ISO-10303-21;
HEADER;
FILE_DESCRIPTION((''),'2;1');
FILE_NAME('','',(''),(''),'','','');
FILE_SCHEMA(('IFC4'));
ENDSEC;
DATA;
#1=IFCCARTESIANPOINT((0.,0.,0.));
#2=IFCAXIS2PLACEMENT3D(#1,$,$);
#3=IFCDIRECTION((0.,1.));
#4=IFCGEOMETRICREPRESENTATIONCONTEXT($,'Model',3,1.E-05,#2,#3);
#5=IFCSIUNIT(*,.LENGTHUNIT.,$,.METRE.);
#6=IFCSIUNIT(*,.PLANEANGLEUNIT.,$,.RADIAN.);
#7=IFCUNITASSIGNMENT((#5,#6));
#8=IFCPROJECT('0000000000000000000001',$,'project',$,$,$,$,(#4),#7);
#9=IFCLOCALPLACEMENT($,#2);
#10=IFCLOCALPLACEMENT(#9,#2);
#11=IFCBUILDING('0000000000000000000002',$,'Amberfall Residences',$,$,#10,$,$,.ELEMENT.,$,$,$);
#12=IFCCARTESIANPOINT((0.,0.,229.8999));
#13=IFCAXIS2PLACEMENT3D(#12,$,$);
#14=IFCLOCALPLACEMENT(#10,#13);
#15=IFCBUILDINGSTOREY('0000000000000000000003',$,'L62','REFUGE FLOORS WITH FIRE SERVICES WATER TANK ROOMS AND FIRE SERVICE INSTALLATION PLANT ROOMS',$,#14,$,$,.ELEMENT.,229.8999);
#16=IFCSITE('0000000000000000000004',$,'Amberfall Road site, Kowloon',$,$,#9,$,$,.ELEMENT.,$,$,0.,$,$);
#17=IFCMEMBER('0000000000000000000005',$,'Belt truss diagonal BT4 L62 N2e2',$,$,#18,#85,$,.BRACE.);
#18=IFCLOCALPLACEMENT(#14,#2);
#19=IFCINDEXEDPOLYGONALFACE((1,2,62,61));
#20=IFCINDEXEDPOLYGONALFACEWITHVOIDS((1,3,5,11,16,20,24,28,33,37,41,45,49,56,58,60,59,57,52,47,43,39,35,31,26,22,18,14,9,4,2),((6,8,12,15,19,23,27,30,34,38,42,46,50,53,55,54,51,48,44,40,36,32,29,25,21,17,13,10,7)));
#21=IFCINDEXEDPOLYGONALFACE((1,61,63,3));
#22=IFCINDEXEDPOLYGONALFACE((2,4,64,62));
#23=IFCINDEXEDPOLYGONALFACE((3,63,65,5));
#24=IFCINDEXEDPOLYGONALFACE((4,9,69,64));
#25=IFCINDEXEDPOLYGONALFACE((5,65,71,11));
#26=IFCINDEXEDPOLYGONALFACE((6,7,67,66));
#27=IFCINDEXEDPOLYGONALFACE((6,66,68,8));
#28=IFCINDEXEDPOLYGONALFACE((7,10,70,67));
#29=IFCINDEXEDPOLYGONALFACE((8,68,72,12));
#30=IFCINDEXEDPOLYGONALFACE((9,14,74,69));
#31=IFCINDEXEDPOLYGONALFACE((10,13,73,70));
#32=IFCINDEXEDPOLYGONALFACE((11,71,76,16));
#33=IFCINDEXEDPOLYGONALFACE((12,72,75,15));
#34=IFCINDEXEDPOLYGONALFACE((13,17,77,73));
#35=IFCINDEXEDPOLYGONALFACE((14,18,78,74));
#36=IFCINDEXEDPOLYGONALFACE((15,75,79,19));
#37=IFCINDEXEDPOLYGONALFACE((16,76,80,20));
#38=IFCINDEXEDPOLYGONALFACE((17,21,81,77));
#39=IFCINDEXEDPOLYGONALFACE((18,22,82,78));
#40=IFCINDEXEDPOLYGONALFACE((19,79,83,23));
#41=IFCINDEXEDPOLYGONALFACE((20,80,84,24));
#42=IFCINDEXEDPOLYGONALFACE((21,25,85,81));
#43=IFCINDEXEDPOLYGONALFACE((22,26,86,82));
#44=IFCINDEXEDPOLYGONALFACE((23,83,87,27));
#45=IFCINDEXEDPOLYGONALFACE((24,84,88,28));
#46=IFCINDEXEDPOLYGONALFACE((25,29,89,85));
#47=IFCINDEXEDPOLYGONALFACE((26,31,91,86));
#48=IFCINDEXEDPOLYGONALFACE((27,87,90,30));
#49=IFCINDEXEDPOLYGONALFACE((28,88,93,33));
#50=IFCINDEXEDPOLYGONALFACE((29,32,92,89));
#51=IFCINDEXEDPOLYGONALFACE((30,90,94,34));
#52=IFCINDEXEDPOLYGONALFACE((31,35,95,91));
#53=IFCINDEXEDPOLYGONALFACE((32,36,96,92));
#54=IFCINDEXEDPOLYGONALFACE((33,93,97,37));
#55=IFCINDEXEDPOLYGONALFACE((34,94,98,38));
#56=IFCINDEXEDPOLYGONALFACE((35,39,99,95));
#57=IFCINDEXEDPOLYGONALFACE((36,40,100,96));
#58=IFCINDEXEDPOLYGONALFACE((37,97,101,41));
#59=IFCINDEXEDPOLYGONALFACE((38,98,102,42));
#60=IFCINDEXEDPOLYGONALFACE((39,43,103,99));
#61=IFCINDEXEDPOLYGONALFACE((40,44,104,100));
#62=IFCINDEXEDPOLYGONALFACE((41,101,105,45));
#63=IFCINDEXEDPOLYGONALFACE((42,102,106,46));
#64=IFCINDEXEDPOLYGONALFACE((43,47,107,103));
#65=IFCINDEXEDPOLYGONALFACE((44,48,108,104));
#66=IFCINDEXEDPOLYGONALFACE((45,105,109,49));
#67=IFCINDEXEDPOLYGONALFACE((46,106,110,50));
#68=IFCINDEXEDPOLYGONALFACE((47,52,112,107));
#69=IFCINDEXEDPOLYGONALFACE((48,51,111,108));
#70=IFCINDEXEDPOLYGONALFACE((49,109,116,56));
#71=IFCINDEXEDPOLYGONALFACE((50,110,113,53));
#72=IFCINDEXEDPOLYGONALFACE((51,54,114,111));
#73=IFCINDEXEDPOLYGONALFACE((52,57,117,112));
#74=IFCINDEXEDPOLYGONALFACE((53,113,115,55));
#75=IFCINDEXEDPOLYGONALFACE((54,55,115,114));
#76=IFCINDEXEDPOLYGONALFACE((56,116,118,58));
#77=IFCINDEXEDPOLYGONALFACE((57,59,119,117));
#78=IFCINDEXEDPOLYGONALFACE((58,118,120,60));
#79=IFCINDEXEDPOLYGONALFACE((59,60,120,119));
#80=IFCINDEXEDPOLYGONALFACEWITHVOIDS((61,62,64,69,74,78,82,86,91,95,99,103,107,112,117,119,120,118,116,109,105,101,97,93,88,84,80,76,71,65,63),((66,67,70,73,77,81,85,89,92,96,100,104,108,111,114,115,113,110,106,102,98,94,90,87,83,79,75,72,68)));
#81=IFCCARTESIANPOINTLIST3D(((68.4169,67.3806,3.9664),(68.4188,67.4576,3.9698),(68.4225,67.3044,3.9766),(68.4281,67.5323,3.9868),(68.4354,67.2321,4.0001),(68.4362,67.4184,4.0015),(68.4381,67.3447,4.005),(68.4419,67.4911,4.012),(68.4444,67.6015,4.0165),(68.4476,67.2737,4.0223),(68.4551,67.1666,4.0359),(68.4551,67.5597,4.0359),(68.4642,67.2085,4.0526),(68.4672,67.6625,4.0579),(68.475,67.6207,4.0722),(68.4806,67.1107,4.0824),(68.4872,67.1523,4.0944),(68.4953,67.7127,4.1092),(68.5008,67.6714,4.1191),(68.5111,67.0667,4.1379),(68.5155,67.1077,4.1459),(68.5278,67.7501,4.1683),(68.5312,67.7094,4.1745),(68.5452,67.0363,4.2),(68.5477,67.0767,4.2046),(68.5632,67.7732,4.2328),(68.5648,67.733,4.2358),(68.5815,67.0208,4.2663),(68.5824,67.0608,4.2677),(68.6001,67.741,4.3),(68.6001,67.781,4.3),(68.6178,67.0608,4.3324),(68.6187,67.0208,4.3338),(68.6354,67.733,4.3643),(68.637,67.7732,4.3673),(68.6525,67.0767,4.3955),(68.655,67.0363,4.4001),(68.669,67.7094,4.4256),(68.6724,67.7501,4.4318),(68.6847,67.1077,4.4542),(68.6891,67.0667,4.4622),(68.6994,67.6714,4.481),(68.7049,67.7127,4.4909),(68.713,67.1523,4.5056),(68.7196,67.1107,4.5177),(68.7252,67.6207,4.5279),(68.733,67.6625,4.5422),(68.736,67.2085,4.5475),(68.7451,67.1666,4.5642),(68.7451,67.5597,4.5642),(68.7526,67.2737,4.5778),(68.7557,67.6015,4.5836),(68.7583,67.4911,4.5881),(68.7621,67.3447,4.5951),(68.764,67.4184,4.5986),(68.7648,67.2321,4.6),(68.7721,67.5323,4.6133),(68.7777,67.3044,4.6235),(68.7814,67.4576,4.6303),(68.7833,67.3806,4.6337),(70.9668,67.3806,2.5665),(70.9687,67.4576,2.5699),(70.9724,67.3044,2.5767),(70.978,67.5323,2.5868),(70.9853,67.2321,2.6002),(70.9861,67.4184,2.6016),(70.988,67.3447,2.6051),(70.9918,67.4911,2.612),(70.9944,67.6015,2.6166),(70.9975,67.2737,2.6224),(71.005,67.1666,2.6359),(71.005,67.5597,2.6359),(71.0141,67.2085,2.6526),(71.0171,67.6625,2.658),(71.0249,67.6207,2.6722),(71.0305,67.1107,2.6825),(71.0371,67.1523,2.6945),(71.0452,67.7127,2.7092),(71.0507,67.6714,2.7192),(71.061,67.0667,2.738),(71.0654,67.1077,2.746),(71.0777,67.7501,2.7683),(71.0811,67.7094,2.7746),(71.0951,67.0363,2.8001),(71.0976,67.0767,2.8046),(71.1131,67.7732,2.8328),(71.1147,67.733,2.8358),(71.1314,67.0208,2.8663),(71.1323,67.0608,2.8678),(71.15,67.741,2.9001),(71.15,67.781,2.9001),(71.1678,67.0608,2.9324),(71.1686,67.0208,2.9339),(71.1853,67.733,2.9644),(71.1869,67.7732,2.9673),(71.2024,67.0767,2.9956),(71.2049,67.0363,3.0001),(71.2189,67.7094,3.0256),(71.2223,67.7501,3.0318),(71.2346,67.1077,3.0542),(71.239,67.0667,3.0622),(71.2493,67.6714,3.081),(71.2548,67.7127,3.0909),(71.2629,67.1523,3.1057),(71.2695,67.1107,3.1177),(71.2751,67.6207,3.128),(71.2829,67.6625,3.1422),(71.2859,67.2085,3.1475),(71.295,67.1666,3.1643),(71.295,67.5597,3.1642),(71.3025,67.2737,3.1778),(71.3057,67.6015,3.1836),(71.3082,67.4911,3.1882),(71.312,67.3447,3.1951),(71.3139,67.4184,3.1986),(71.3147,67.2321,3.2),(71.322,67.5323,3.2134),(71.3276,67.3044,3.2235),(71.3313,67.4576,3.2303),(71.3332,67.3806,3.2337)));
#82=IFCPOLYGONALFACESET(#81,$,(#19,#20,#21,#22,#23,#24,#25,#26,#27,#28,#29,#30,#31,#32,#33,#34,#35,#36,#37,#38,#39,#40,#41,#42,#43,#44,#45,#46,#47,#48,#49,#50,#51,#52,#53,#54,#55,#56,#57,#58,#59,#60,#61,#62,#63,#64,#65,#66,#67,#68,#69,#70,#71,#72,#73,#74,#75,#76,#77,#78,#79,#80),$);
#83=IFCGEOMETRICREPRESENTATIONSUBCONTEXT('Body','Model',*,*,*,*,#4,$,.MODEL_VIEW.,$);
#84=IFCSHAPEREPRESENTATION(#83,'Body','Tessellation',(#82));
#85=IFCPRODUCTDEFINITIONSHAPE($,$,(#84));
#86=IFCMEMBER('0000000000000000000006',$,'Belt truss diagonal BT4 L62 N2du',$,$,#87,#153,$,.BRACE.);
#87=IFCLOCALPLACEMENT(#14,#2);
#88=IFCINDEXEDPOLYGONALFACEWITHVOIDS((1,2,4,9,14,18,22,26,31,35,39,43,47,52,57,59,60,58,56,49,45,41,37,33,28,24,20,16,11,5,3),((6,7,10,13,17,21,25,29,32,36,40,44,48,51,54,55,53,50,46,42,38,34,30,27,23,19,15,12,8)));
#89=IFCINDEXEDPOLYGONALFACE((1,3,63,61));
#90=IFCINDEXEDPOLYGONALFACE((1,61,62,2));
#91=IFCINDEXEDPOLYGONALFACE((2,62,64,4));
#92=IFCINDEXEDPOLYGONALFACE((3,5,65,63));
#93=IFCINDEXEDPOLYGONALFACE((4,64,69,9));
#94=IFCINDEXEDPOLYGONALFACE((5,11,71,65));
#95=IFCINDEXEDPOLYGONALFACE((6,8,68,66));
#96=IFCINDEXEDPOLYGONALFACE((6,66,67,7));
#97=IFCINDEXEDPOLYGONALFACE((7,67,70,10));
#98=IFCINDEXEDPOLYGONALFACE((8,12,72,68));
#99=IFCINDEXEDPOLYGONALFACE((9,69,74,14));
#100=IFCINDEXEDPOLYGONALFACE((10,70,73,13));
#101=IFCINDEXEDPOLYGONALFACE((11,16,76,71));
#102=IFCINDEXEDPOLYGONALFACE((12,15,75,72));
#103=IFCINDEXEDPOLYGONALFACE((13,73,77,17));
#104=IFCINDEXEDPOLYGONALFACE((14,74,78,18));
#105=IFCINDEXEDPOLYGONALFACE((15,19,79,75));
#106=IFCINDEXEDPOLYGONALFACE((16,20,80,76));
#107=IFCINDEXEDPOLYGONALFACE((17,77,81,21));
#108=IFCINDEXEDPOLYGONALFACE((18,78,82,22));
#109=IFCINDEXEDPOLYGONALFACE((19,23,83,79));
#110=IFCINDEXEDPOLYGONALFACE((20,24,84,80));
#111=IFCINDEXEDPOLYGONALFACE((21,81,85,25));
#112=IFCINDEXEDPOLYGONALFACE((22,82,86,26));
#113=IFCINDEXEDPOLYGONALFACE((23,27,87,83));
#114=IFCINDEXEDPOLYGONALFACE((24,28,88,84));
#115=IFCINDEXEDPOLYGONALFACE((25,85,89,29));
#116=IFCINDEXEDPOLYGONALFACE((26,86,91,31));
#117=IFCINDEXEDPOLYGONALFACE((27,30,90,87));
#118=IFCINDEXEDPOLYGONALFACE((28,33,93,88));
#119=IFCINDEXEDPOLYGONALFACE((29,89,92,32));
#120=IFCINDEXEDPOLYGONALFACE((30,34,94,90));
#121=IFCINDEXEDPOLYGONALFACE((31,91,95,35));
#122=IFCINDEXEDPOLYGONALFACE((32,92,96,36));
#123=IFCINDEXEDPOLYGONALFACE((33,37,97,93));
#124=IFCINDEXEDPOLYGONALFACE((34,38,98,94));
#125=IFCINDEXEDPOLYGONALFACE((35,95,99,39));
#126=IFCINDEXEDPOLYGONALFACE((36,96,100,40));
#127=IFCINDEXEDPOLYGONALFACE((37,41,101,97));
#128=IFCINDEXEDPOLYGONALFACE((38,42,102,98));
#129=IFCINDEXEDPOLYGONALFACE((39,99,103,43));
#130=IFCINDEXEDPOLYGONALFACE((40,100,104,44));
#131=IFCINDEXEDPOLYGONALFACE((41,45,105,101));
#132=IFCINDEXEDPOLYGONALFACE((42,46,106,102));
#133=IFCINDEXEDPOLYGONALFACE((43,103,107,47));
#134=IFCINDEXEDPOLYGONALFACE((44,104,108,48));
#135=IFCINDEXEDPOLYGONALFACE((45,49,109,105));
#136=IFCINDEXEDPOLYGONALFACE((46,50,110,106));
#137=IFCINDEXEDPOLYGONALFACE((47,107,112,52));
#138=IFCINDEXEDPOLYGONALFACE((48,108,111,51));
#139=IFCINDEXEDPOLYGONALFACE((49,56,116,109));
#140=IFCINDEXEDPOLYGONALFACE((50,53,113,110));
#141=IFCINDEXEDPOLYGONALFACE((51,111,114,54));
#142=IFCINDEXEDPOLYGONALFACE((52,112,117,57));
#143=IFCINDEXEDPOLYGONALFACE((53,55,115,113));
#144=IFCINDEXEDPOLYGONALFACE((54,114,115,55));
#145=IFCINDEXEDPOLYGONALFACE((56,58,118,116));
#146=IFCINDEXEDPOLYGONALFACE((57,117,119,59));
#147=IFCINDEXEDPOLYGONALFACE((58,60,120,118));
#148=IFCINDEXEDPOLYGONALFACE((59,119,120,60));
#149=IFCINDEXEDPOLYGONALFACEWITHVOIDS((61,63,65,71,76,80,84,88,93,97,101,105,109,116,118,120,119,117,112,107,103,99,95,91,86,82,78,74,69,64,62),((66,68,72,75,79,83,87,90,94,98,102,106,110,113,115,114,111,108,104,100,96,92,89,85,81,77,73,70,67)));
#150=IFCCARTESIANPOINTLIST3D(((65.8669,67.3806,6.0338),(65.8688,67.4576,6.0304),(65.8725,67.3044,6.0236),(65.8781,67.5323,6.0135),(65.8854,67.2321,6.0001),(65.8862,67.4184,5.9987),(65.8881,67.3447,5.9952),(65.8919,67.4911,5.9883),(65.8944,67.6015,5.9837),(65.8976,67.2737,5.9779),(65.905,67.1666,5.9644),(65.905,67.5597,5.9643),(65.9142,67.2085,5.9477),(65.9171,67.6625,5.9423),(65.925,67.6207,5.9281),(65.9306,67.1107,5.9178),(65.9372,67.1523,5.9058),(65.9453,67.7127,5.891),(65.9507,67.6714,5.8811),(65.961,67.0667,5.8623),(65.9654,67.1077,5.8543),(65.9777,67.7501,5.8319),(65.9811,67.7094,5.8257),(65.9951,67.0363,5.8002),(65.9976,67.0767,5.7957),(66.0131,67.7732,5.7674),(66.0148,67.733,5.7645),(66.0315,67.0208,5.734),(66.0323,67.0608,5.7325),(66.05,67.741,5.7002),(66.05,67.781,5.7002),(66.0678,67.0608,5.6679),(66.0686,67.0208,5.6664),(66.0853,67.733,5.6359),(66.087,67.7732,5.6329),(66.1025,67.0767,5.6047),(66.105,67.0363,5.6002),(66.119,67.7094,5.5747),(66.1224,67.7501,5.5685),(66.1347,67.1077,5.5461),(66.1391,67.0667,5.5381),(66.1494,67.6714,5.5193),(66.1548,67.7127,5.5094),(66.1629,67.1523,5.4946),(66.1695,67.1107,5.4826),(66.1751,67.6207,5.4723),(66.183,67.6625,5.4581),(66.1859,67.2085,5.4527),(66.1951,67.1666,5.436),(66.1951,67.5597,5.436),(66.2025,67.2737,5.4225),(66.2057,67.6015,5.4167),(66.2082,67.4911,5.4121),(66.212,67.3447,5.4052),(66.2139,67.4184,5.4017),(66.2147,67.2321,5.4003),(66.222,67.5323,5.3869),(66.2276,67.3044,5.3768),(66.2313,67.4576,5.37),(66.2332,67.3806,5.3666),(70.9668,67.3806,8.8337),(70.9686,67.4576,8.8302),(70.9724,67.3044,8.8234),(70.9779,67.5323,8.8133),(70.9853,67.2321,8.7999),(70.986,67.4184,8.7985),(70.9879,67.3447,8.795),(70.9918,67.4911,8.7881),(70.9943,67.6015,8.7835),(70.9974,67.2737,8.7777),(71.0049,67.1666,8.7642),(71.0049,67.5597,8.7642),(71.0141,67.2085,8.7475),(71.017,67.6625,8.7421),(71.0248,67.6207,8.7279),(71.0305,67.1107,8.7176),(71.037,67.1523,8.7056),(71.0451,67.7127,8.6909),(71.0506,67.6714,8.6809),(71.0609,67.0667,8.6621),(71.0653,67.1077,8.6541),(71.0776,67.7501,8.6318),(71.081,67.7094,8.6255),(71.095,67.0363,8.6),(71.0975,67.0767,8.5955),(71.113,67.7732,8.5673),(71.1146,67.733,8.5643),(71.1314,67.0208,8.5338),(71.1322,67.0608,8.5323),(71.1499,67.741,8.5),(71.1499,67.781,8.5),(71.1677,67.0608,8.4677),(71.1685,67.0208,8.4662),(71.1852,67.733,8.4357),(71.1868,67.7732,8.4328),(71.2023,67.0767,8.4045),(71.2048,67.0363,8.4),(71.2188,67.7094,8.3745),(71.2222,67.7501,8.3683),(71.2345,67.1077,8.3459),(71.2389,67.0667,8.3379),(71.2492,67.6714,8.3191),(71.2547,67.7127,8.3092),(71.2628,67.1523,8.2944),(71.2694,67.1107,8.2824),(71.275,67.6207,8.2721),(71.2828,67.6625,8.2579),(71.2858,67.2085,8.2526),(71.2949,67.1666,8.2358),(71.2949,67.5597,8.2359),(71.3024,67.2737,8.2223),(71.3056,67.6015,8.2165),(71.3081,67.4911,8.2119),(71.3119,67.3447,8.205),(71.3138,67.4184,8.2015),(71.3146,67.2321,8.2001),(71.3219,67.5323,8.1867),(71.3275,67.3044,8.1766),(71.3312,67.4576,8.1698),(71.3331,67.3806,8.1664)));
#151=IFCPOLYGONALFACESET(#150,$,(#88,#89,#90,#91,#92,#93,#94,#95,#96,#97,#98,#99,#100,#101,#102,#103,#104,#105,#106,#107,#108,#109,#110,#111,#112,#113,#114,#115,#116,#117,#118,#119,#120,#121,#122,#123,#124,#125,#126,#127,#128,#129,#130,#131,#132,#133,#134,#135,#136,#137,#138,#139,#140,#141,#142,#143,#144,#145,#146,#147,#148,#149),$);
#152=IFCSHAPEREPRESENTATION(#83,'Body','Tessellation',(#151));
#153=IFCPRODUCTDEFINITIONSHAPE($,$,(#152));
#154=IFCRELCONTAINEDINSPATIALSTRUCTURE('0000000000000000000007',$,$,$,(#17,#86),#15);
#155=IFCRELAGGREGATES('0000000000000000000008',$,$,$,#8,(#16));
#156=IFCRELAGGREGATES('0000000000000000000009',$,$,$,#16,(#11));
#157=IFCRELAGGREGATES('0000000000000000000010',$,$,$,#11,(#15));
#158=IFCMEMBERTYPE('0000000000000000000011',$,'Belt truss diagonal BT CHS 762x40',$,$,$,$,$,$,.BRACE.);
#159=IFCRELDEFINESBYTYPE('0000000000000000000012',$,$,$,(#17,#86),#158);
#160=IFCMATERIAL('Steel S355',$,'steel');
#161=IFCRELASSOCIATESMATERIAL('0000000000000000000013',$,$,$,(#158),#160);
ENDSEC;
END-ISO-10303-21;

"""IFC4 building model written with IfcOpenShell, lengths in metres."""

from ifc_helpers import new_model, si_unit, direction, frame, origin, origin_2d, place, context, subcontext, project, spatial, hollow_circle, extrude, material, material_profile, profile_set, type_object, element, save


model = new_model("IFC4")

# Units and contexts
model_context = context("Model", 3, precision=1e-05, world=origin(), true_north=direction((0.0, 1.0)))
body_context = subcontext(model_context, "Body", "Model", "MODEL_VIEW")
ifc_project = project(units=[si_unit("LENGTHUNIT", "METRE"), si_unit("PLANEANGLEUNIT", "RADIAN")], contexts=[model_context])

# Site, building, storey
site_placement = place(None, origin())
site = spatial("IfcSite", under=ifc_project, at=site_placement, Name="Amberfall Road site, Kowloon", CompositionType="ELEMENT", RefElevation=0.0)
building_placement = place(site_placement, origin())
building = spatial("IfcBuilding", under=site, at=building_placement, Name="Amberfall Residences", CompositionType="ELEMENT")
storey_placement = place(building_placement, frame((0.0, 0.0, 229.8999)))
storey = spatial("IfcBuildingStorey", under=building, at=storey_placement, Name="L62", Description="REFUGE FLOORS WITH FIRE SERVICES WATER TANK ROOMS AND FIRE SERVICE INSTALLATION PLANT ROOMS", CompositionType="ELEMENT", Elevation=229.8999)

# Shared definitions
ifc_material_1 = material(Name="Steel S355", Category="steel")

# Members
ifc_material_profile_1 = material_profile(ifc_material_1, hollow_circle(Radius=0.3811, WallThickness=0.04, at=origin_2d()), Name="CHS 762x40")
ifc_profile_set_1 = profile_set([ifc_material_profile_1], Name="Steel S355")
member_type_1 = type_object("IfcMemberType", Name="Belt truss diagonal BT CHS 762x40", PredefinedType="BRACE", material=ifc_profile_set_1)
member_1_placement = place(storey_placement, frame((68.6001, 67.3999, 4.3), z_axis=(0.876577, 0.0, -0.481261), x_axis=(0.0, 1.0, 0.0)))
element("IfcMember", 1, at=member_1_placement, inside=storey, type_object=member_type_1, Name="Belt truss diagonal BT4 L62 N2e2", PredefinedType="BRACE", context=body_context, shape_type="SweptSolid", body=[
    extrude(hollow_circle(Radius=0.3811, WallThickness=0.04, at=origin_2d()), origin(), (0.0, 0.0, 1.0), 2.9089),
])
member_2_placement = place(storey_placement, frame((66.05, 67.3999, 5.7002), z_axis=(0.876587, 0.0, 0.481244), x_axis=(0.0, 1.0, 0.0)))
element("IfcMember", 2, at=member_2_placement, inside=storey, type_object=member_type_1, Name="Belt truss diagonal BT4 L62 N2du", PredefinedType="BRACE", context=body_context, shape_type="SweptSolid", body=[
    extrude(hollow_circle(Radius=0.3811, WallThickness=0.04, at=origin_2d()), origin(), (0.0, 0.0, 1.0), 5.8179),
])

save(model, "model.ifc")
